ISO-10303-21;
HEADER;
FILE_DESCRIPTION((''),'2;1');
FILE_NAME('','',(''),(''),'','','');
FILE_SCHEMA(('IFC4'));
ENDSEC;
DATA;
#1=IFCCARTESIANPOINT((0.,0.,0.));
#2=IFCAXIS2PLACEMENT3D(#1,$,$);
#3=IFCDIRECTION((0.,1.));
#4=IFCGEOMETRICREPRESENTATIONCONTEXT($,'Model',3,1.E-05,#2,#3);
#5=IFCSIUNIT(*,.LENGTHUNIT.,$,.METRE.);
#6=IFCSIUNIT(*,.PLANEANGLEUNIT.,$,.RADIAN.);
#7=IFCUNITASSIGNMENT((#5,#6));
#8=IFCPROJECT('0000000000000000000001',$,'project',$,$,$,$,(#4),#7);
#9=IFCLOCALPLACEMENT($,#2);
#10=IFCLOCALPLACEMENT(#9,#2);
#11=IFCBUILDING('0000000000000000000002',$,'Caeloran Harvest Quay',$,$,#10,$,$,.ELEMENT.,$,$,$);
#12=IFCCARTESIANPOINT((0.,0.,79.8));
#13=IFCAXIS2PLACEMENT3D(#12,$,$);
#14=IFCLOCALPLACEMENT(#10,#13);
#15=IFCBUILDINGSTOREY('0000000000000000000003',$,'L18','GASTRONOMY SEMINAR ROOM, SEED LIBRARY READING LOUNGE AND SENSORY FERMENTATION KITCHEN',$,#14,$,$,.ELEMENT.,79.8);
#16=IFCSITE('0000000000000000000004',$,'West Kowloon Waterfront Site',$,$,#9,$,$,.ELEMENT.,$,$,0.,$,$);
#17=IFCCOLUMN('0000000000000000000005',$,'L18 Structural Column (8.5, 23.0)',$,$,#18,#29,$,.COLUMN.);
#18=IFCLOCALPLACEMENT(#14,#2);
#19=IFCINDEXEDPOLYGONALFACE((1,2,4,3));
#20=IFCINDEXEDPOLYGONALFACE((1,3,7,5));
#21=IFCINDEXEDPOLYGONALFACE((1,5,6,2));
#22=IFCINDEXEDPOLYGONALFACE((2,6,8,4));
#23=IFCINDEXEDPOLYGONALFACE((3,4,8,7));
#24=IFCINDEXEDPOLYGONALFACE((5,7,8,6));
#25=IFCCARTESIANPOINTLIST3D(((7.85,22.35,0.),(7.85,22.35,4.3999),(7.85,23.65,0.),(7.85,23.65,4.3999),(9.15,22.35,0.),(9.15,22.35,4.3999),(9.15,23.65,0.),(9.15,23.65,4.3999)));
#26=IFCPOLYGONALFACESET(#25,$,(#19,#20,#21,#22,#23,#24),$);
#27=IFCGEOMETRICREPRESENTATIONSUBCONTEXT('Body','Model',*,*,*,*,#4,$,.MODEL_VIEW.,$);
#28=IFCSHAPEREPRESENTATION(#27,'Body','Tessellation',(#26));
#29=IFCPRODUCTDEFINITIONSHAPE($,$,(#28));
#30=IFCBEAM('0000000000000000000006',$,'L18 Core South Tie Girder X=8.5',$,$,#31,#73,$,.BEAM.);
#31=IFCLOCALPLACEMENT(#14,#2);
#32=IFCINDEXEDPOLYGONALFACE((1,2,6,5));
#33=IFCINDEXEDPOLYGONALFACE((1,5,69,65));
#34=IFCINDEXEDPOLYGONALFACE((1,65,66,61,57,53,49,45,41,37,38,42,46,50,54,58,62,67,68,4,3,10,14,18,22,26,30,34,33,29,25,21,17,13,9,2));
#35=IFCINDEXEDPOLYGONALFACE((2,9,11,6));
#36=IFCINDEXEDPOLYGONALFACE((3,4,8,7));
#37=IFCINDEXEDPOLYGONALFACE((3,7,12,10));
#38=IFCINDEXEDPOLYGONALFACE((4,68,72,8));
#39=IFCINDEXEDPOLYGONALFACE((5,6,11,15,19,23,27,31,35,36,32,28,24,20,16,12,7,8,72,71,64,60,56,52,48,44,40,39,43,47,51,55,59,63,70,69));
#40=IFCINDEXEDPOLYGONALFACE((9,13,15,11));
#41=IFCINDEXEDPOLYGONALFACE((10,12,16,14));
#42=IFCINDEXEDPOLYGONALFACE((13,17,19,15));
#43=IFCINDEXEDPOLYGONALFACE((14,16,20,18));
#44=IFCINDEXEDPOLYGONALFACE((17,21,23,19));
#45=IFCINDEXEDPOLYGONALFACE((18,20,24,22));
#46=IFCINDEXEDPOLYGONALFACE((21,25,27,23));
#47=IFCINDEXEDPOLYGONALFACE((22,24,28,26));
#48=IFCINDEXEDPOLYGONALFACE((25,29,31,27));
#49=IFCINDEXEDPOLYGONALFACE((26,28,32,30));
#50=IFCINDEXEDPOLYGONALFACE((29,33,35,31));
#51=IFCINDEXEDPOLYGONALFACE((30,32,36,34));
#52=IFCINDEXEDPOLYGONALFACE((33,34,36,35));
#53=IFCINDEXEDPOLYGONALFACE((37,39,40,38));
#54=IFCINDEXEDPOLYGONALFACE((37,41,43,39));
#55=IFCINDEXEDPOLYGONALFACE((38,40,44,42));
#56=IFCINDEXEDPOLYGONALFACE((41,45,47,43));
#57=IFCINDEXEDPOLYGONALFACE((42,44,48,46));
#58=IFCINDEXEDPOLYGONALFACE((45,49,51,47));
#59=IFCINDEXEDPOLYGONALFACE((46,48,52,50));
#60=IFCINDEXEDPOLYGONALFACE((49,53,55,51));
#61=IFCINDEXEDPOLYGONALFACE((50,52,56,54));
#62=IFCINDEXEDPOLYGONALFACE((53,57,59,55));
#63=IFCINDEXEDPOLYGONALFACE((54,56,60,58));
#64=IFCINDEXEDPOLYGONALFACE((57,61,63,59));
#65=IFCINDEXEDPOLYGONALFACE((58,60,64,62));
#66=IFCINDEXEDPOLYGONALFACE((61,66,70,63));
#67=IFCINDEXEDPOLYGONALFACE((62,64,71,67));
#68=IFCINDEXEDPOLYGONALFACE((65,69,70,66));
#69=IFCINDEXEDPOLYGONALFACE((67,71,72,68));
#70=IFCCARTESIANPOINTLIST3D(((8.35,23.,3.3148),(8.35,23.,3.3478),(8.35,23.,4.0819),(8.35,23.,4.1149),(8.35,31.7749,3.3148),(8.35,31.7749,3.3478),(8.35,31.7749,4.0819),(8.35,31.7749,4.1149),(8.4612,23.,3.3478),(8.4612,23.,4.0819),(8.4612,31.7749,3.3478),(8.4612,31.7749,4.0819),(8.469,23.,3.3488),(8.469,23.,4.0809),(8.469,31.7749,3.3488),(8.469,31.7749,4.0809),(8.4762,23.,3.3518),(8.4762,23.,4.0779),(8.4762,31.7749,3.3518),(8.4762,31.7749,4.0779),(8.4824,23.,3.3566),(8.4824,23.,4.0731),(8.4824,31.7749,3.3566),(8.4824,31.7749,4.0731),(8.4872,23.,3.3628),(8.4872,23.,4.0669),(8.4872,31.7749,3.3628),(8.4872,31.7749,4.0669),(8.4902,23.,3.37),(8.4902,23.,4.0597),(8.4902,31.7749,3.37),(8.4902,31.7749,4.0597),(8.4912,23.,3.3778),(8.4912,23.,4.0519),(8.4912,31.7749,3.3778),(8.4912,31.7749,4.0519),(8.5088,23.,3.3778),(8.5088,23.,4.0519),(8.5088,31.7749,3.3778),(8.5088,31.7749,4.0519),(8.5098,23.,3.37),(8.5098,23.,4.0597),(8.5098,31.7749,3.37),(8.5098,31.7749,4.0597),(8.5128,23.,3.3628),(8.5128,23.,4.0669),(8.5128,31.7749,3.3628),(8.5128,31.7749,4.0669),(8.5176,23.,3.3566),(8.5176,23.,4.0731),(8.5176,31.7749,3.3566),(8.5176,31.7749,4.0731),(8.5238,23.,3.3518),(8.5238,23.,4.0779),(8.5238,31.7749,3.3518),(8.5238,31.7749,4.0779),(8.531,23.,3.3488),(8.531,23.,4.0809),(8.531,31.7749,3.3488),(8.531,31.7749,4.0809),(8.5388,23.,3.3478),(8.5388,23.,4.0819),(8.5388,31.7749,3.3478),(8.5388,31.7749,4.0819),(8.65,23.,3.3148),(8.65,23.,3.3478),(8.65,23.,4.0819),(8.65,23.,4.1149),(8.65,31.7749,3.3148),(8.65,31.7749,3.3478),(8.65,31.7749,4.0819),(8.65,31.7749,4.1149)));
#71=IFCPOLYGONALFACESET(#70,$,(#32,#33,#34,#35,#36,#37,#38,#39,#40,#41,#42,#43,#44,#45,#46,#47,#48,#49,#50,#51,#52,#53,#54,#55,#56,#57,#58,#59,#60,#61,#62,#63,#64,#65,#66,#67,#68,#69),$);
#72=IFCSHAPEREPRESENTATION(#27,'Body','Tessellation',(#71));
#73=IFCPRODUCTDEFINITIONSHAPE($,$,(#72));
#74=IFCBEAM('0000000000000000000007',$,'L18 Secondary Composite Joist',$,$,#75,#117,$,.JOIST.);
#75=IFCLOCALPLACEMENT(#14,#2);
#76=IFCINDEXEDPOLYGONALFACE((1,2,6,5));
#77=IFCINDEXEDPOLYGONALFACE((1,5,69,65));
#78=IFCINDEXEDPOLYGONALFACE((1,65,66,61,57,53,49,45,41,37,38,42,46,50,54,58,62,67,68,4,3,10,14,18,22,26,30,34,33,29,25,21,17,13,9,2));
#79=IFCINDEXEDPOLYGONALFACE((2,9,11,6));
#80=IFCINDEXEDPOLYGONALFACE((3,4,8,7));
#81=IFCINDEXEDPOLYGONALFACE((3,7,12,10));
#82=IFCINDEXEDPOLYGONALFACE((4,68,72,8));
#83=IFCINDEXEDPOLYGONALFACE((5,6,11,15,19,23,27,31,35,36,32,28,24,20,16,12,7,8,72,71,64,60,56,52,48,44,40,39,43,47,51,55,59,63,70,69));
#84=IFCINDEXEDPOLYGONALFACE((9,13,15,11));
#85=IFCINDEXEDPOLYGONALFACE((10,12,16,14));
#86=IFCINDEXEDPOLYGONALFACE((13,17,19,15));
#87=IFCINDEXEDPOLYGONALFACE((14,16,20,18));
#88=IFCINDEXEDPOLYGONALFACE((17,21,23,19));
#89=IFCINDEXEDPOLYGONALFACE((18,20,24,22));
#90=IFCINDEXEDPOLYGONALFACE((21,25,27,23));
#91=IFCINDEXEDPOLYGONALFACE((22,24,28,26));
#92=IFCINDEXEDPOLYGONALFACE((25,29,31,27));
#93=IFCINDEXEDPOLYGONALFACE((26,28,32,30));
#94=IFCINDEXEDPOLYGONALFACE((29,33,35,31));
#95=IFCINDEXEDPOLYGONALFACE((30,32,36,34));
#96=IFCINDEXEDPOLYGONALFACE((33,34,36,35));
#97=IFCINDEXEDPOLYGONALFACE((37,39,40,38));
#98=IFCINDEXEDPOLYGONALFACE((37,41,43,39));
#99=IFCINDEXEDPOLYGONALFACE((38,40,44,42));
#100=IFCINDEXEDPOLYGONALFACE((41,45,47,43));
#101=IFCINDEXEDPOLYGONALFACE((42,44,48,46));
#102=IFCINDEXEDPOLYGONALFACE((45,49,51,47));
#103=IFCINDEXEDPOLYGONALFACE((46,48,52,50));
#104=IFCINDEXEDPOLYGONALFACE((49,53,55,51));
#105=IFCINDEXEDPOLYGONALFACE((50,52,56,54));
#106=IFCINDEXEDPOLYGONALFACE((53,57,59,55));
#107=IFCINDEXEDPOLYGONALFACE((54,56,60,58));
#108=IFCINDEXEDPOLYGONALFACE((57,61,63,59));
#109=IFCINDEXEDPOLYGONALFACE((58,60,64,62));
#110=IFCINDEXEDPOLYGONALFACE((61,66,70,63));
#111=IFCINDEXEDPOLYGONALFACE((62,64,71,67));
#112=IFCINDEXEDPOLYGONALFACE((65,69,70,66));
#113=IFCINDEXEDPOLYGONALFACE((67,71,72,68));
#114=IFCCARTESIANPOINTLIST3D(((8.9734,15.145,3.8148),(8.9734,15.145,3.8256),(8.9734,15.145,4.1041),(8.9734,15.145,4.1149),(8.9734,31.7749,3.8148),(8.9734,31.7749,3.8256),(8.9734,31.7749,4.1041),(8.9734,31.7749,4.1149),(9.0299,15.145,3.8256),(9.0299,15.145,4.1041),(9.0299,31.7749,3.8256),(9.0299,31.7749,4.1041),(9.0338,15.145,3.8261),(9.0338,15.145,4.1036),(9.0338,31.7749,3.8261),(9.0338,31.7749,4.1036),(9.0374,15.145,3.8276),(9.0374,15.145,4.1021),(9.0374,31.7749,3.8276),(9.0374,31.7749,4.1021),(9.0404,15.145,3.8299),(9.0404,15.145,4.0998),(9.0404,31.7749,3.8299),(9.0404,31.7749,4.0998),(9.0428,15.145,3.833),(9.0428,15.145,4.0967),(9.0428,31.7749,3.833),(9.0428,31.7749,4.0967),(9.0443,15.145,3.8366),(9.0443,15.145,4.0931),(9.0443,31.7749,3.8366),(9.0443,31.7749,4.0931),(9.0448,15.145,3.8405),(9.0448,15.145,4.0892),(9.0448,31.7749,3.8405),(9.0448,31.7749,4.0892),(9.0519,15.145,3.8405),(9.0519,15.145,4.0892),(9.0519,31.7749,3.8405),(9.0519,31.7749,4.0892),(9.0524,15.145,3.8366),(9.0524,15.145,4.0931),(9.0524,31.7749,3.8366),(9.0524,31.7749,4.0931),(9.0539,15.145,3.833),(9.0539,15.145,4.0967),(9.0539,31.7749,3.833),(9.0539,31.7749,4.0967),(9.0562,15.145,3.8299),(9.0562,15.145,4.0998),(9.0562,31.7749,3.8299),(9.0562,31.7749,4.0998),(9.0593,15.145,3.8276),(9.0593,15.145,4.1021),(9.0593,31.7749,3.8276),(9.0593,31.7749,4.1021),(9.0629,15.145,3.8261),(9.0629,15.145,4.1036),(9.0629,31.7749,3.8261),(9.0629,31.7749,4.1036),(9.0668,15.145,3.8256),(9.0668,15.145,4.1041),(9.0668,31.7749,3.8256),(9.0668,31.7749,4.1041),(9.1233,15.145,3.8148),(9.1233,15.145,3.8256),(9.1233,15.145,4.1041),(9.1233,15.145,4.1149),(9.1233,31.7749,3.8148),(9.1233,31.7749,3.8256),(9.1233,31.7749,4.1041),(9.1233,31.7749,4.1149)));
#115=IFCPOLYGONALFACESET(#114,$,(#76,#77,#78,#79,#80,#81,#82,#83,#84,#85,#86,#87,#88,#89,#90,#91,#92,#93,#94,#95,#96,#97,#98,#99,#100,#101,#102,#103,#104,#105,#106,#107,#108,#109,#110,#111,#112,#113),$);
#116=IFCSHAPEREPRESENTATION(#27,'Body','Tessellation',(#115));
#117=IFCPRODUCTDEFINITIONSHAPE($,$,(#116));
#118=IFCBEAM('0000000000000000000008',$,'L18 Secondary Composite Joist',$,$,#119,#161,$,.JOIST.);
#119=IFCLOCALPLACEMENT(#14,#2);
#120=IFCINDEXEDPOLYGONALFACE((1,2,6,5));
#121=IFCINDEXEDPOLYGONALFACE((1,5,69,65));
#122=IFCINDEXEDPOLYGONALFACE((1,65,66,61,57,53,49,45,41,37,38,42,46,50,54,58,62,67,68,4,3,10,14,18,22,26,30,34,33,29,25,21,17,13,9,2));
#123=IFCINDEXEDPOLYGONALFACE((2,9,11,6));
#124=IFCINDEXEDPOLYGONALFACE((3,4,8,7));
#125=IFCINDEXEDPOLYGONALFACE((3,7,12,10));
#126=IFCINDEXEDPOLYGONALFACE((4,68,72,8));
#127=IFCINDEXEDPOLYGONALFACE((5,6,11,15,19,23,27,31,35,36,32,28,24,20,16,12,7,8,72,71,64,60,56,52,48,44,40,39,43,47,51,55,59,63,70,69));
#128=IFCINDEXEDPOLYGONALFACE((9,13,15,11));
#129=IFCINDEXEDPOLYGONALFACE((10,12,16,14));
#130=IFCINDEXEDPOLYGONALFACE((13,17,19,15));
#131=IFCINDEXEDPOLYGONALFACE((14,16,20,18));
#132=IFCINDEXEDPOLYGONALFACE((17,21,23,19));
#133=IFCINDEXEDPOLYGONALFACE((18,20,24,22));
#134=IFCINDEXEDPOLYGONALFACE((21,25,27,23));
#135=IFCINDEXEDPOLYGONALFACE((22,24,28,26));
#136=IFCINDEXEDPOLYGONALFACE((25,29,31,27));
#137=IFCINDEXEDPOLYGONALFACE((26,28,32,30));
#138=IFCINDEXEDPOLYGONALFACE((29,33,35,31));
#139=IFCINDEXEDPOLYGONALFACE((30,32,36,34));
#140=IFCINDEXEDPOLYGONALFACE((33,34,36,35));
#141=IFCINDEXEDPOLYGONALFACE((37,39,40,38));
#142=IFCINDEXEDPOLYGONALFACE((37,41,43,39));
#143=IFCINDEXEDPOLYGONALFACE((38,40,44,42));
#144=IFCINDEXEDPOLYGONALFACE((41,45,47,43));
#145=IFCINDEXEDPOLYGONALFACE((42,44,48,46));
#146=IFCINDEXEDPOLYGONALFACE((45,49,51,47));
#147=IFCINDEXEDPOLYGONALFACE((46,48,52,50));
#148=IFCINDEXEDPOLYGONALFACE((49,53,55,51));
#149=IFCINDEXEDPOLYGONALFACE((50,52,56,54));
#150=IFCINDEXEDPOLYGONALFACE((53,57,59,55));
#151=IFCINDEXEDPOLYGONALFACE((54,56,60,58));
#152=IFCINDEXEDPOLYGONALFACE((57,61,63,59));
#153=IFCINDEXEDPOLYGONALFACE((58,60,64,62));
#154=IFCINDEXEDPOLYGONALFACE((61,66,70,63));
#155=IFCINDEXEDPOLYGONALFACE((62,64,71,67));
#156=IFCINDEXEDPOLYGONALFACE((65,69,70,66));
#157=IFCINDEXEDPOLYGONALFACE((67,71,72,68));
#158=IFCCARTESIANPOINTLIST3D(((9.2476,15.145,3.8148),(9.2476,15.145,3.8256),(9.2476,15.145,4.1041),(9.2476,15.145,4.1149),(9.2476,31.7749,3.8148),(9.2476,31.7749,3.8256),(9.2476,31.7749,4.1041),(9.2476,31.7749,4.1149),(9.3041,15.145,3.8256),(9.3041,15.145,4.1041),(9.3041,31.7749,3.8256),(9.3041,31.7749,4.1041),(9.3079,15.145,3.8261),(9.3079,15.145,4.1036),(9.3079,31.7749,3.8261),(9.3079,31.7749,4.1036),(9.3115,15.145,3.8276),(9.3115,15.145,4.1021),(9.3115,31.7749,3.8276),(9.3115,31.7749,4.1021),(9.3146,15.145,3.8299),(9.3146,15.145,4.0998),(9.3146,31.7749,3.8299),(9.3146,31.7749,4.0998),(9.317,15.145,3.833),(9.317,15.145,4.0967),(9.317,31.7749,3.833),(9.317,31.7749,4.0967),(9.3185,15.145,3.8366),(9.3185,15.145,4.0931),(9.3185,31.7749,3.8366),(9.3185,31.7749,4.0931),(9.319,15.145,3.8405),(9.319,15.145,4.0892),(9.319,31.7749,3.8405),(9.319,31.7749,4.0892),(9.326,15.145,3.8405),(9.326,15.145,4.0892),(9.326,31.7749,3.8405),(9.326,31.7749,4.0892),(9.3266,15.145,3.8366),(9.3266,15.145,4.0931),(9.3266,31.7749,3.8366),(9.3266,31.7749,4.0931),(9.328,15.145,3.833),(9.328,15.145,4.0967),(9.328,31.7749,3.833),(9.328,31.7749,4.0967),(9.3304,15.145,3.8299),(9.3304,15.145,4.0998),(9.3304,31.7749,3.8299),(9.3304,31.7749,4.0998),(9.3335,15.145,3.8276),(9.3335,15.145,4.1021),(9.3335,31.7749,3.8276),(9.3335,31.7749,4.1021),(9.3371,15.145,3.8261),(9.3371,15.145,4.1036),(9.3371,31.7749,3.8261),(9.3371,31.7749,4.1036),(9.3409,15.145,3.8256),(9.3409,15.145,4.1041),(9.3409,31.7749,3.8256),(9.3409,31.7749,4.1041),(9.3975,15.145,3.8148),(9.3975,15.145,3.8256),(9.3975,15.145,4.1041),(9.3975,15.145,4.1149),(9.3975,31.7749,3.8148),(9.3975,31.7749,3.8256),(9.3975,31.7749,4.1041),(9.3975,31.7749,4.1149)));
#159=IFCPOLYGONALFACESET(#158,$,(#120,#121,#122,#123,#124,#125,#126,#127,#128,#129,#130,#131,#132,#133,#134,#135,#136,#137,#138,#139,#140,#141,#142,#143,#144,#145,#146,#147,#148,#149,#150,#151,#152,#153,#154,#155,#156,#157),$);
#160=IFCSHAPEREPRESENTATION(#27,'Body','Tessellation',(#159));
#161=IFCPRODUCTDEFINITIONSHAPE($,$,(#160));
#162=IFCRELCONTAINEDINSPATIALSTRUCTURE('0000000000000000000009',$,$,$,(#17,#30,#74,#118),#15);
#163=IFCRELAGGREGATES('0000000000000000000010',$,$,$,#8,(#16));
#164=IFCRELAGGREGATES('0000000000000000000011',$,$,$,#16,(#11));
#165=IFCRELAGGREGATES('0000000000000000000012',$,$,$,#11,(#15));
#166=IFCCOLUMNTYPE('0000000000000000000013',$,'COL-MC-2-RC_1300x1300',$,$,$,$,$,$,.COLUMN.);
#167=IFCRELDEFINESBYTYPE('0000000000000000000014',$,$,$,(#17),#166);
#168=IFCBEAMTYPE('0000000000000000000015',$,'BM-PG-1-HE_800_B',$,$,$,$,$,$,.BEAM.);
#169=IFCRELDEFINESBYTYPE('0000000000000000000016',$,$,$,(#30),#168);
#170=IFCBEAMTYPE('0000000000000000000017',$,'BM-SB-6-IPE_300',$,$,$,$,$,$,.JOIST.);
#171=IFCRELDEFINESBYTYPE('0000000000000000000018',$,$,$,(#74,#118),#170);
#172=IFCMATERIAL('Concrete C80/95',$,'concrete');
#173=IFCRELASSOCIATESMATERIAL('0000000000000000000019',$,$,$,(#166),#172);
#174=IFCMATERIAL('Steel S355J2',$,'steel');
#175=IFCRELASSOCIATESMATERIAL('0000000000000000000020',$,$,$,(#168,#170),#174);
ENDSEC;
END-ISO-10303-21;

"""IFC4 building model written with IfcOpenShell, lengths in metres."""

from ifc_helpers import new_model, si_unit, direction, frame, origin, origin_2d, place, context, subcontext, project, spatial, rectangle, i_section, extrude, material, material_profile, profile_set, type_object, element, save


model = new_model("IFC4")

# Units and contexts
model_context = context("Model", 3, precision=1e-05, world=origin(), true_north=direction((0.0, 1.0)))
body_context = subcontext(model_context, "Body", "Model", "MODEL_VIEW")
ifc_project = project(units=[si_unit("LENGTHUNIT", "METRE"), si_unit("PLANEANGLEUNIT", "RADIAN")], contexts=[model_context])

# Site, building, storey
site_placement = place(None, origin())
site = spatial("IfcSite", under=ifc_project, at=site_placement, Name="West Kowloon Waterfront Site", CompositionType="ELEMENT", RefElevation=0.0)
building_placement = place(site_placement, origin())
building = spatial("IfcBuilding", under=site, at=building_placement, Name="Caeloran Harvest Quay", CompositionType="ELEMENT")
storey_placement = place(building_placement, frame((0.0, 0.0, 79.8)))
storey = spatial("IfcBuildingStorey", under=building, at=storey_placement, Name="L18", Description="GASTRONOMY SEMINAR ROOM, SEED LIBRARY READING LOUNGE AND SENSORY FERMENTATION KITCHEN", CompositionType="ELEMENT", Elevation=79.8)

# Column
ifc_material_1 = material(Name="Concrete C80/95", Category="concrete")
ifc_material_profile_1 = material_profile(ifc_material_1, rectangle(XDim=1.3, YDim=1.3, at=origin_2d()), Name="RC 1300x1300")
ifc_profile_set_1 = profile_set([ifc_material_profile_1], Name="Concrete C80/95")
column_type = type_object("IfcColumnType", Name="COL-MC-2-RC_1300x1300", PredefinedType="COLUMN", material=ifc_profile_set_1)
column_placement = place(storey_placement, frame((8.5, 23.0, 0.0), z_axis=(0.0, 0.0, 1.0), x_axis=(1.0, 0.0, 0.0)))
element("IfcColumn", 1, at=column_placement, inside=storey, type_object=column_type, Name="L18 Structural Column (8.5, 23.0)", PredefinedType="COLUMN", context=body_context, shape_type="SweptSolid", body=[
    extrude(rectangle(XDim=1.3, YDim=1.3, at=origin_2d()), origin(), (0.0, 0.0, 1.0), 4.3999),
])

# Beams
ifc_material_2 = material(Name="Steel S355J2", Category="steel")
ifc_material_profile_2 = material_profile(ifc_material_2, i_section(OverallWidth=0.3, OverallDepth=0.8, WebThickness=0.0176, FlangeThickness=0.033, FilletRadius=0.03, at=origin_2d()), Name="HE 800 B")
ifc_profile_set_2 = profile_set([ifc_material_profile_2], Name="Steel S355J2")
beam_type_1 = type_object("IfcBeamType", Name="BM-PG-1-HE_800_B", PredefinedType="BEAM", material=ifc_profile_set_2)
beam_placement = place(storey_placement, frame((8.5, 23.0, 3.7148), z_axis=(0.0, 1.0, 0.0), x_axis=(-1.0, 0.0, 0.0)))
element("IfcBeam", 2, at=beam_placement, inside=storey, type_object=beam_type_1, Name="L18 Core South Tie Girder X=8.5", PredefinedType="BEAM", context=body_context, shape_type="SweptSolid", body=[
    extrude(i_section(OverallWidth=0.3, OverallDepth=0.8, WebThickness=0.0176, FlangeThickness=0.033, FilletRadius=0.03, at=origin_2d()), origin(), (0.0, 0.0, 1.0), 8.7749),
])
ifc_material_profile_3 = material_profile(ifc_material_2, i_section(OverallWidth=0.1499, OverallDepth=0.3, WebThickness=0.0071, FlangeThickness=0.0107, FilletRadius=0.0149, at=origin_2d()), Name="IPE 300")
ifc_profile_set_3 = profile_set([ifc_material_profile_3], Name="Steel S355J2")
beam_type_2 = type_object("IfcBeamType", Name="BM-SB-6-IPE_300", PredefinedType="JOIST", material=ifc_profile_set_3)
for number, where, z_axis, x_axis, name in (
    (3, (9.0483, 15.145, 3.9648), (0.0, 1.0, 0.0), (-1.0, 0.0, 0.0), "L18 Secondary Composite Joist"),
    (4, (9.3225, 15.145, 3.9648), (0.0, 1.0, 0.0), (-1.0, 0.0, 0.0), "L18 Secondary Composite Joist"),
):
    element("IfcBeam", number, at=place(storey_placement, frame(where, z_axis=z_axis, x_axis=x_axis)), inside=storey, type_object=beam_type_2, Name=name, PredefinedType="JOIST", context=body_context, shape_type="SweptSolid", body=[
        extrude(i_section(OverallWidth=0.1499, OverallDepth=0.3, WebThickness=0.0071, FlangeThickness=0.0107, FilletRadius=0.0149, at=origin_2d()), origin(), (0.0, 0.0, 1.0), 16.6299),
    ])

save(model, "model.ifc")
